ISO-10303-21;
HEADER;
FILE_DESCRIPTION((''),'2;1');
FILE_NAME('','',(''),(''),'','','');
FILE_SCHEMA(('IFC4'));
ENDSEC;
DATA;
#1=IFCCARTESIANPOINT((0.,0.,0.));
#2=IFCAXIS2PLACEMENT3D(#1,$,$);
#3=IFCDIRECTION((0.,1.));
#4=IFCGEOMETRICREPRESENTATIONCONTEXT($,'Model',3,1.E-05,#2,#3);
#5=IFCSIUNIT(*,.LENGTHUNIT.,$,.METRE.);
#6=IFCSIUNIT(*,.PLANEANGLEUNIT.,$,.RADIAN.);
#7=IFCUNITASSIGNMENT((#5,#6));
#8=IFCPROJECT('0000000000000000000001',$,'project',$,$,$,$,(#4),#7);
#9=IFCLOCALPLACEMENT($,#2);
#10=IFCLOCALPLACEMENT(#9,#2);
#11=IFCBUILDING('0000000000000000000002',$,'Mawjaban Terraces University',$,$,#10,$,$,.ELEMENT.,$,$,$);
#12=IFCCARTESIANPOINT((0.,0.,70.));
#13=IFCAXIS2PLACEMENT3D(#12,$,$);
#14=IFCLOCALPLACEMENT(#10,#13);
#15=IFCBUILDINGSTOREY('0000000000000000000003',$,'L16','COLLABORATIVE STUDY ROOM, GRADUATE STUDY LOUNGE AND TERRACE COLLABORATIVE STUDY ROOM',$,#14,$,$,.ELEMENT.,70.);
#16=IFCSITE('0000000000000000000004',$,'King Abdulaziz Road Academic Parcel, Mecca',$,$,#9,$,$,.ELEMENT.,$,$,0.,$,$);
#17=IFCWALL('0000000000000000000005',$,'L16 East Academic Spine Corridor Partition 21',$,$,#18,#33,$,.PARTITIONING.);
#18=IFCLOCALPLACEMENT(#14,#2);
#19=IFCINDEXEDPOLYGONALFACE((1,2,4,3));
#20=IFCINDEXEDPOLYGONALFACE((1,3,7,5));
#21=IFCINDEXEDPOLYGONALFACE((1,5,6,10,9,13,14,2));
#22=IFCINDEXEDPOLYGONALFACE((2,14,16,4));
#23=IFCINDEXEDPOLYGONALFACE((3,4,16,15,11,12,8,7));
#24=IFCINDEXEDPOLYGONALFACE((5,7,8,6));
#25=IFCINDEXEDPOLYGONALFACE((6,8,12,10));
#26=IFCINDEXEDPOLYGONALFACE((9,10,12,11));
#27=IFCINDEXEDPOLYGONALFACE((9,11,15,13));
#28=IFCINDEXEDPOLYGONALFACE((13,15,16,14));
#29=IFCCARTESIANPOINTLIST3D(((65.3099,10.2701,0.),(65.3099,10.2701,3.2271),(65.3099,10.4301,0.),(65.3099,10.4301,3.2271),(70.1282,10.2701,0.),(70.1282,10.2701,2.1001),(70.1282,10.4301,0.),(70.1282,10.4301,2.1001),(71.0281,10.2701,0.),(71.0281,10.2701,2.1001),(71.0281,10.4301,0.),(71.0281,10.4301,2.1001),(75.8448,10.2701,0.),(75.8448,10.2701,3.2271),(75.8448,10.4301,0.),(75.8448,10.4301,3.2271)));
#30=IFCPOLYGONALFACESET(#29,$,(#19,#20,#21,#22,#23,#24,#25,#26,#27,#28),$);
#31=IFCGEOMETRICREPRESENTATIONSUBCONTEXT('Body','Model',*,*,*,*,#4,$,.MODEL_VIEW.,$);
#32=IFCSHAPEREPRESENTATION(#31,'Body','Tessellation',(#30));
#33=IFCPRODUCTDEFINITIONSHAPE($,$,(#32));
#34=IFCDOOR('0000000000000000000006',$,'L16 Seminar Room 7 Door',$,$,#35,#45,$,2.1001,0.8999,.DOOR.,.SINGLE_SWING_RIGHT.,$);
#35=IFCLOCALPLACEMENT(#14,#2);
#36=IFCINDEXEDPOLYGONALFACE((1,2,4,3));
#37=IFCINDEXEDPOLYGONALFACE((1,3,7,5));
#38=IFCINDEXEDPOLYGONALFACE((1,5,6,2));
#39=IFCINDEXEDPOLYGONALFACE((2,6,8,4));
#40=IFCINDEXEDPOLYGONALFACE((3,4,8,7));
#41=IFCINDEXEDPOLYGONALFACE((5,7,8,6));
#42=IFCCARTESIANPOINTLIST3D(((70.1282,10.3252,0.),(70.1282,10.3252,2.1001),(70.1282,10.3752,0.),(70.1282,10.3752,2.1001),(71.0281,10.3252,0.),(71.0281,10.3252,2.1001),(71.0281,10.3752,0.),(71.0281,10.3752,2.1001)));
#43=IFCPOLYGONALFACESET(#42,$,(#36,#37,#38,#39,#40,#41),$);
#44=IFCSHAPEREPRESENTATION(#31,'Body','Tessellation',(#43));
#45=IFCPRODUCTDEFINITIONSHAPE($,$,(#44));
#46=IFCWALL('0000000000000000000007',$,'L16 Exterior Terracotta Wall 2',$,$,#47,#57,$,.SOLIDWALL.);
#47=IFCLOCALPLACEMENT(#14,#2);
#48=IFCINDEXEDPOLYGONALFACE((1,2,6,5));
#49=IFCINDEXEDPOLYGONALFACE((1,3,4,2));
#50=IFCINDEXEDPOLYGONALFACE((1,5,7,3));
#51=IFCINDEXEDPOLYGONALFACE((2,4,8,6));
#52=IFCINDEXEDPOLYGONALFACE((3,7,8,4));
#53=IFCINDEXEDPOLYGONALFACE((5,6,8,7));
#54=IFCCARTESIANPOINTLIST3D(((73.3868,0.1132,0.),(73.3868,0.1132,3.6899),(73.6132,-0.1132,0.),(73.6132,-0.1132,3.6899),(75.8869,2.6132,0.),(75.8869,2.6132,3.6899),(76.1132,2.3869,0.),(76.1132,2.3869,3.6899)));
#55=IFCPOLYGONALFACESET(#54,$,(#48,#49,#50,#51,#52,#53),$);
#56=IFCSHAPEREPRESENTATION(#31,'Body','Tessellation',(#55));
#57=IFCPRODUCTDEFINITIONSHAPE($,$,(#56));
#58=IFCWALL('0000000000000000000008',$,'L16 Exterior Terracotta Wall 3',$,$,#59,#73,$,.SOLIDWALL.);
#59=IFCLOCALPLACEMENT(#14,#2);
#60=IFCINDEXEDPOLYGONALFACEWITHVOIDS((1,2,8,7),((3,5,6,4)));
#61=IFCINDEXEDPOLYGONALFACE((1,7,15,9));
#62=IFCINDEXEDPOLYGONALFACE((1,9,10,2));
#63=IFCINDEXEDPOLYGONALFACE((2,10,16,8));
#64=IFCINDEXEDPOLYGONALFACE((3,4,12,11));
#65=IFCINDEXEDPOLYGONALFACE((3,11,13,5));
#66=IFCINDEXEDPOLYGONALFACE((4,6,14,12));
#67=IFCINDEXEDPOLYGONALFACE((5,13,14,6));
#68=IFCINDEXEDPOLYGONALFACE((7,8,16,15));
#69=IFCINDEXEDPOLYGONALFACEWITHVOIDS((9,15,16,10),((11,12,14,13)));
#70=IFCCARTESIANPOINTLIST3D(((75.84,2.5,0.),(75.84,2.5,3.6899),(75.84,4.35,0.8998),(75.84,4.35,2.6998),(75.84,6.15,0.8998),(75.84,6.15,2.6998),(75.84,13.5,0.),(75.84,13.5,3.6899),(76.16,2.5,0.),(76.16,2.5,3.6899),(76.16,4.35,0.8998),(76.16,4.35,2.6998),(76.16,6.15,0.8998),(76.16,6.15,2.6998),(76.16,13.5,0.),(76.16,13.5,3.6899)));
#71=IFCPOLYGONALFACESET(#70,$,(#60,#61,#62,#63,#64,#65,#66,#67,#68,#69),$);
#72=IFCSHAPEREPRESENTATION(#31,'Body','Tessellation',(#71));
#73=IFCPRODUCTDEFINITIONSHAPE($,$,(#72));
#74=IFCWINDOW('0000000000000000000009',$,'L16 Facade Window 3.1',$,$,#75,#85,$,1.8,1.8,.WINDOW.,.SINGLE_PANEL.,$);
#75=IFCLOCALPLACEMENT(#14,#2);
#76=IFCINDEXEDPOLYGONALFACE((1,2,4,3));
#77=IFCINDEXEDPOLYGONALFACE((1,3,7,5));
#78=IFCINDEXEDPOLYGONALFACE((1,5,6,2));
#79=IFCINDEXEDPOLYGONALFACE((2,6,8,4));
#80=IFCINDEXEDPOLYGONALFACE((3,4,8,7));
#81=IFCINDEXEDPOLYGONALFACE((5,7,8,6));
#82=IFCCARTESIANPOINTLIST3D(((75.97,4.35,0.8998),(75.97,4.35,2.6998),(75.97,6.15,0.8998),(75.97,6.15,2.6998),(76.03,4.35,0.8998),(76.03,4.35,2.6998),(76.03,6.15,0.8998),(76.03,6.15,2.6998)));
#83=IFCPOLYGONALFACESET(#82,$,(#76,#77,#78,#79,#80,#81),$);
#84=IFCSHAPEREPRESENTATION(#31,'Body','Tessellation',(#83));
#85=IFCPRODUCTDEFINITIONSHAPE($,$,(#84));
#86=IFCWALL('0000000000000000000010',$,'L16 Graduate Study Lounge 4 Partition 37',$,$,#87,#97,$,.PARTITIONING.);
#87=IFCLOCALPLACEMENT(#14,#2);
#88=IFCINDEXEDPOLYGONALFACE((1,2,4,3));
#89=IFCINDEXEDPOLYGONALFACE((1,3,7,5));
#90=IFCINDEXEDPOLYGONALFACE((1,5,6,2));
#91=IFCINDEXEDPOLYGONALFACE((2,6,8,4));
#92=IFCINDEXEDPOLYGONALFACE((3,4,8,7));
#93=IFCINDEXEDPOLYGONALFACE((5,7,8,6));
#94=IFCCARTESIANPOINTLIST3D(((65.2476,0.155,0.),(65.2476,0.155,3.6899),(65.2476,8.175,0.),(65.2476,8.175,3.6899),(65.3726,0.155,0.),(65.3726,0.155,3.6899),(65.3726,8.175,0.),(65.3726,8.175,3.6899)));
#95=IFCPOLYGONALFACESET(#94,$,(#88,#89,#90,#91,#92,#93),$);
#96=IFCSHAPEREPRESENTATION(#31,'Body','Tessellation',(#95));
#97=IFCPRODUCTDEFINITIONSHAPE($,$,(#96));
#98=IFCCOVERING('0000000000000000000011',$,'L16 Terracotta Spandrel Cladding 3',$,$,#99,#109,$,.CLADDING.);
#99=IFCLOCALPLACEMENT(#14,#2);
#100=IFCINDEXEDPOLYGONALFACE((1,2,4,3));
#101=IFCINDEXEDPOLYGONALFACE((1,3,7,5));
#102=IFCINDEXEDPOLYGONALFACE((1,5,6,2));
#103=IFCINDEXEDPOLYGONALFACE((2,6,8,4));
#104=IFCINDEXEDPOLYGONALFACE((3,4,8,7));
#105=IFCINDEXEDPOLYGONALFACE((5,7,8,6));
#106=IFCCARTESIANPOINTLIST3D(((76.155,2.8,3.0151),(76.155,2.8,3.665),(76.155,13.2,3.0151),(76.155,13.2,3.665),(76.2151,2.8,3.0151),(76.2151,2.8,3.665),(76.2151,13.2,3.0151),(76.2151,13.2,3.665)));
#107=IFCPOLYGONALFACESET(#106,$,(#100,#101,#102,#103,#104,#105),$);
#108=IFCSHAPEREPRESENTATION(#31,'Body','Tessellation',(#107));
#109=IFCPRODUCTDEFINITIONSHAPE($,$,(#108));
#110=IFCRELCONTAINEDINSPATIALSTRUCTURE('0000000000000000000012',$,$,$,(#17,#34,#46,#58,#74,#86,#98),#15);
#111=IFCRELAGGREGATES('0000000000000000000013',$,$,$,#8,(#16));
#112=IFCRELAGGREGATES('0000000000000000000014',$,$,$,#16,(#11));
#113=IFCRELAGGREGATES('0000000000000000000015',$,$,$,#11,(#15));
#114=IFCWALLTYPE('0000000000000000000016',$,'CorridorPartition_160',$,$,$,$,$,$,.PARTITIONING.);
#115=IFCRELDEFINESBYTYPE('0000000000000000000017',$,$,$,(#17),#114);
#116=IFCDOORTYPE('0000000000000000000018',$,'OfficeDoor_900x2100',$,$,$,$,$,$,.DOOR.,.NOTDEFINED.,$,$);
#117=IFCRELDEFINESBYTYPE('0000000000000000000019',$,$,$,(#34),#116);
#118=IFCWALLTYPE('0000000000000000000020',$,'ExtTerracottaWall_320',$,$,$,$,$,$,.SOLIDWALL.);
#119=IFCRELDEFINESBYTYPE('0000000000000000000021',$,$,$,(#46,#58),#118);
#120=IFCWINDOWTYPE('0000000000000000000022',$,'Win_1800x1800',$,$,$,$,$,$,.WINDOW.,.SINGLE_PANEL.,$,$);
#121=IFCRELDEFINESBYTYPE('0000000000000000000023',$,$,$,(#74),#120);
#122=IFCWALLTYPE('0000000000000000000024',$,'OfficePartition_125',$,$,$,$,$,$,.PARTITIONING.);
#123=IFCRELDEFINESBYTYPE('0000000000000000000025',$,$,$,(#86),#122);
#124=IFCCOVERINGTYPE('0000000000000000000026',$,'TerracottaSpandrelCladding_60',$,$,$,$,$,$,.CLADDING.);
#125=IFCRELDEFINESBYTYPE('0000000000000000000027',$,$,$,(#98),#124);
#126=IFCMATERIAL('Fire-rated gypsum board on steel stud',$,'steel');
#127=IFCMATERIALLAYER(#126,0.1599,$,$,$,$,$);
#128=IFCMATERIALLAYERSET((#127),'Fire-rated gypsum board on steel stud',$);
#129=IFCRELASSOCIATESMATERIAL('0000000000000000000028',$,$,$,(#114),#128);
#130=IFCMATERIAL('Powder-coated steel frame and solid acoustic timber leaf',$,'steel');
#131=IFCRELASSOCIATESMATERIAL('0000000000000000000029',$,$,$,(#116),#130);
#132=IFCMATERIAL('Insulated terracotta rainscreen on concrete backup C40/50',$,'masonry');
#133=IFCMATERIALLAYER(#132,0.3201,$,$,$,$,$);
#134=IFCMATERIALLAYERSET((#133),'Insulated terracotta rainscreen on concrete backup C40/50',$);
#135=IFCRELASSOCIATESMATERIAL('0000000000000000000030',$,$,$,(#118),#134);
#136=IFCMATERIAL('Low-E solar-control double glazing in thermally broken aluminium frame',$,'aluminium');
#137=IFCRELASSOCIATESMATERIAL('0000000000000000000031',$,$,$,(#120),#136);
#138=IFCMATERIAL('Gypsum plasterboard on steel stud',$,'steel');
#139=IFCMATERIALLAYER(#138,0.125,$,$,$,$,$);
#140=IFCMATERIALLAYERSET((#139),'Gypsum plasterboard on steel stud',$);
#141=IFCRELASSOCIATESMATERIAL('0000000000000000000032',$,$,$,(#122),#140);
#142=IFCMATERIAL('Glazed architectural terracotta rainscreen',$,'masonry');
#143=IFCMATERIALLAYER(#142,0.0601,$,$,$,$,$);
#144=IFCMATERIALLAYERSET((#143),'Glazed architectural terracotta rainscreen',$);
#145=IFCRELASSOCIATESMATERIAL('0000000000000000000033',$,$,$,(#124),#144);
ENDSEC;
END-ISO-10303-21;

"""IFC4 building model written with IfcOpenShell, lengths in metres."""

from ifc_helpers import new_model, si_unit, direction, frame, frame_2d, origin, origin_2d, place, context, subcontext, project, spatial, rectangle, extrude, material, layer, layer_set, type_object, element, fill, save


model = new_model("IFC4")

# Units and contexts
model_context = context("Model", 3, precision=1e-05, world=origin(), true_north=direction((0.0, 1.0)))
body_context = subcontext(model_context, "Body", "Model", "MODEL_VIEW")
ifc_project = project(units=[si_unit("LENGTHUNIT", "METRE"), si_unit("PLANEANGLEUNIT", "RADIAN")], contexts=[model_context])

# Site, building, storey
site_placement = place(None, origin())
site = spatial("IfcSite", under=ifc_project, at=site_placement, Name="King Abdulaziz Road Academic Parcel, Mecca", CompositionType="ELEMENT", RefElevation=0.0)
building_placement = place(site_placement, origin())
building = spatial("IfcBuilding", under=site, at=building_placement, Name="Mawjaban Terraces University", CompositionType="ELEMENT")
storey_placement = place(building_placement, frame((0.0, 0.0, 70.0)))
storey = spatial("IfcBuildingStorey", under=building, at=storey_placement, Name="L16", Description="COLLABORATIVE STUDY ROOM, GRADUATE STUDY LOUNGE AND TERRACE COLLABORATIVE STUDY ROOM", CompositionType="ELEMENT", Elevation=70.0)

# Wall, opening, door
ifc_material_1 = material(Name="Fire-rated gypsum board on steel stud", Category="steel")
ifc_layer_1 = layer(ifc_material_1, 0.1599)
ifc_layer_set_1 = layer_set([ifc_layer_1], Name="Fire-rated gypsum board on steel stud")
wall_type_1 = type_object("IfcWallType", Name="CorridorPartition_160", PredefinedType="PARTITIONING", material=ifc_layer_set_1)
ifc_material_2 = material(Name="Powder-coated steel frame and solid acoustic timber leaf", Category="steel")
door_type_1 = type_object("IfcDoorType", Name="OfficeDoor_900x2100", OperationType="NOTDEFINED", PredefinedType="DOOR", material=ifc_material_2)
wall_1_placement = place(storey_placement, frame((75.845, 10.3501, 0.0), z_axis=(0.0, 0.0, 1.0), x_axis=(-1.0, 0.0, 0.0)))
wall_1 = element("IfcWall", 1, at=wall_1_placement, inside=storey, type_object=wall_type_1, Name="L16 East Academic Spine Corridor Partition 21", PredefinedType="PARTITIONING", context=body_context, shape_type="SweptSolid", body=[
    extrude(rectangle(XDim=10.5349, YDim=0.1599, at=frame_2d((5.2676, 0.0))), origin(), (0.0, 0.0, 1.0), 3.2271),
])
opening_1_placement = place(wall_1_placement, frame((4.8169, 0.0, 0.0)))
opening_1 = element("IfcOpeningElement", 2, at=opening_1_placement, cuts=wall_1, PredefinedType="OPENING", context=body_context, shape_type="SweptSolid", body=[
    extrude(rectangle(XDim=0.8999, YDim=2.1001, at=frame_2d((0.45, 1.05))), frame((0.0, 0.0898, 0.0), z_axis=(0.0, -1.0, 0.0), x_axis=(1.0, 0.0, 0.0)), (0.0, 0.0, 1.0), 0.1799),
])
door_1_placement = place(opening_1_placement, origin())
door_1 = element("IfcDoor", 3, at=door_1_placement, inside=storey, type_object=door_type_1, Name="L16 Seminar Room 7 Door", OperationType="SINGLE_SWING_RIGHT", OverallHeight=2.1001, OverallWidth=0.8999, PredefinedType="DOOR", context=body_context, shape_type="SweptSolid", body=[
    extrude(rectangle(XDim=0.8999, YDim=2.1001, at=frame_2d((0.45, 1.05))), frame((0.0, 0.0249, 0.0), z_axis=(0.0, -1.0, 0.0), x_axis=(1.0, 0.0, 0.0)), (0.0, 0.0, 1.0), 0.05),
])
fill(opening_1, door_1)

# Wall
ifc_material_3 = material(Name="Insulated terracotta rainscreen on concrete backup C40/50", Category="masonry")
ifc_layer_2 = layer(ifc_material_3, 0.3201)
ifc_layer_set_2 = layer_set([ifc_layer_2], Name="Insulated terracotta rainscreen on concrete backup C40/50")
wall_type_2 = type_object("IfcWallType", Name="ExtTerracottaWall_320", PredefinedType="SOLIDWALL", material=ifc_layer_set_2)
wall_2_placement = place(storey_placement, frame((73.5, 0.0, 0.0), z_axis=(0.0, 0.0, 1.0), x_axis=(0.707107, 0.707107, 0.0)))
element("IfcWall", 4, at=wall_2_placement, inside=storey, type_object=wall_type_2, Name="L16 Exterior Terracotta Wall 2", PredefinedType="SOLIDWALL", context=body_context, shape_type="SweptSolid", body=[
    extrude(rectangle(XDim=3.5356, YDim=0.3201, at=frame_2d((1.7678, 0.0))), origin(), (0.0, 0.0, 1.0), 3.6899),
])

# Wall, opening, window
wall_3_placement = place(storey_placement, frame((76.0, 2.5, 0.0), z_axis=(0.0, 0.0, 1.0), x_axis=(0.0, 1.0, 0.0)))
wall_3 = element("IfcWall", 5, at=wall_3_placement, inside=storey, type_object=wall_type_2, Name="L16 Exterior Terracotta Wall 3", PredefinedType="SOLIDWALL", context=body_context, shape_type="SweptSolid", body=[
    extrude(rectangle(XDim=11.0, YDim=0.3201, at=frame_2d((5.5, 0.0))), origin(), (0.0, 0.0, 1.0), 3.6899),
])
opening_2_placement = place(wall_3_placement, frame((1.8501, 0.0, 0.8999)))
opening_2 = element("IfcOpeningElement", 6, at=opening_2_placement, cuts=wall_3, PredefinedType="OPENING", context=body_context, shape_type="SweptSolid", body=[
    extrude(rectangle(XDim=1.8, YDim=1.8, at=frame_2d((0.8999, 0.8999))), frame((0.0, 0.1699, 0.0), z_axis=(0.0, -1.0, 0.0), x_axis=(1.0, 0.0, 0.0)), (0.0, 0.0, 1.0), 0.3401),
])
ifc_material_4 = material(Name="Low-E solar-control double glazing in thermally broken aluminium frame", Category="aluminium")
window_type = type_object("IfcWindowType", Name="Win_1800x1800", PartitioningType="SINGLE_PANEL", PredefinedType="WINDOW", material=ifc_material_4)
window_placement = place(opening_2_placement, origin())
window = element("IfcWindow", 7, at=window_placement, inside=storey, type_object=window_type, Name="L16 Facade Window 3.1", OverallHeight=1.8, OverallWidth=1.8, PartitioningType="SINGLE_PANEL", PredefinedType="WINDOW", context=body_context, shape_type="SweptSolid", body=[
    extrude(rectangle(XDim=1.8, YDim=1.8, at=frame_2d((0.8999, 0.8999))), frame((0.0, 0.03, 0.0), z_axis=(0.0, -1.0, 0.0), x_axis=(1.0, 0.0, 0.0)), (0.0, 0.0, 1.0), 0.0601),
])
fill(opening_2, window)

# Wall
ifc_material_5 = material(Name="Gypsum plasterboard on steel stud", Category="steel")
ifc_layer_3 = layer(ifc_material_5, 0.125)
ifc_layer_set_3 = layer_set([ifc_layer_3], Name="Gypsum plasterboard on steel stud")
wall_type_3 = type_object("IfcWallType", Name="OfficePartition_125", PredefinedType="PARTITIONING", material=ifc_layer_set_3)
wall_4_placement = place(storey_placement, frame((65.3101, 0.155, 0.0), z_axis=(0.0, 0.0, 1.0), x_axis=(0.0, 1.0, 0.0)))
element("IfcWall", 8, at=wall_4_placement, inside=storey, type_object=wall_type_3, Name="L16 Graduate Study Lounge 4 Partition 37", PredefinedType="PARTITIONING", context=body_context, shape_type="SweptSolid", body=[
    extrude(rectangle(XDim=8.02, YDim=0.125, at=frame_2d((4.01, 0.0))), origin(), (0.0, 0.0, 1.0), 3.6899),
])

# Covering
ifc_material_6 = material(Name="Glazed architectural terracotta rainscreen", Category="masonry")
ifc_layer_4 = layer(ifc_material_6, 0.0601)
ifc_layer_set_4 = layer_set([ifc_layer_4], Name="Glazed architectural terracotta rainscreen")
covering_type = type_object("IfcCoveringType", Name="TerracottaSpandrelCladding_60", PredefinedType="CLADDING", material=ifc_layer_set_4)
covering_placement = place(storey_placement, frame((76.1851, 8.0, 3.0151), z_axis=(0.0, 0.0, 1.0), x_axis=(0.0, 1.0, 0.0)))
element("IfcCovering", 9, at=covering_placement, inside=storey, type_object=covering_type, Name="L16 Terracotta Spandrel Cladding 3", PredefinedType="CLADDING", context=body_context, shape_type="SweptSolid", body=[
    extrude(rectangle(XDim=10.3999, YDim=0.0601, at=origin_2d()), origin(), (0.0, 0.0, 1.0), 0.6499),
])

save(model, "model.ifc")
